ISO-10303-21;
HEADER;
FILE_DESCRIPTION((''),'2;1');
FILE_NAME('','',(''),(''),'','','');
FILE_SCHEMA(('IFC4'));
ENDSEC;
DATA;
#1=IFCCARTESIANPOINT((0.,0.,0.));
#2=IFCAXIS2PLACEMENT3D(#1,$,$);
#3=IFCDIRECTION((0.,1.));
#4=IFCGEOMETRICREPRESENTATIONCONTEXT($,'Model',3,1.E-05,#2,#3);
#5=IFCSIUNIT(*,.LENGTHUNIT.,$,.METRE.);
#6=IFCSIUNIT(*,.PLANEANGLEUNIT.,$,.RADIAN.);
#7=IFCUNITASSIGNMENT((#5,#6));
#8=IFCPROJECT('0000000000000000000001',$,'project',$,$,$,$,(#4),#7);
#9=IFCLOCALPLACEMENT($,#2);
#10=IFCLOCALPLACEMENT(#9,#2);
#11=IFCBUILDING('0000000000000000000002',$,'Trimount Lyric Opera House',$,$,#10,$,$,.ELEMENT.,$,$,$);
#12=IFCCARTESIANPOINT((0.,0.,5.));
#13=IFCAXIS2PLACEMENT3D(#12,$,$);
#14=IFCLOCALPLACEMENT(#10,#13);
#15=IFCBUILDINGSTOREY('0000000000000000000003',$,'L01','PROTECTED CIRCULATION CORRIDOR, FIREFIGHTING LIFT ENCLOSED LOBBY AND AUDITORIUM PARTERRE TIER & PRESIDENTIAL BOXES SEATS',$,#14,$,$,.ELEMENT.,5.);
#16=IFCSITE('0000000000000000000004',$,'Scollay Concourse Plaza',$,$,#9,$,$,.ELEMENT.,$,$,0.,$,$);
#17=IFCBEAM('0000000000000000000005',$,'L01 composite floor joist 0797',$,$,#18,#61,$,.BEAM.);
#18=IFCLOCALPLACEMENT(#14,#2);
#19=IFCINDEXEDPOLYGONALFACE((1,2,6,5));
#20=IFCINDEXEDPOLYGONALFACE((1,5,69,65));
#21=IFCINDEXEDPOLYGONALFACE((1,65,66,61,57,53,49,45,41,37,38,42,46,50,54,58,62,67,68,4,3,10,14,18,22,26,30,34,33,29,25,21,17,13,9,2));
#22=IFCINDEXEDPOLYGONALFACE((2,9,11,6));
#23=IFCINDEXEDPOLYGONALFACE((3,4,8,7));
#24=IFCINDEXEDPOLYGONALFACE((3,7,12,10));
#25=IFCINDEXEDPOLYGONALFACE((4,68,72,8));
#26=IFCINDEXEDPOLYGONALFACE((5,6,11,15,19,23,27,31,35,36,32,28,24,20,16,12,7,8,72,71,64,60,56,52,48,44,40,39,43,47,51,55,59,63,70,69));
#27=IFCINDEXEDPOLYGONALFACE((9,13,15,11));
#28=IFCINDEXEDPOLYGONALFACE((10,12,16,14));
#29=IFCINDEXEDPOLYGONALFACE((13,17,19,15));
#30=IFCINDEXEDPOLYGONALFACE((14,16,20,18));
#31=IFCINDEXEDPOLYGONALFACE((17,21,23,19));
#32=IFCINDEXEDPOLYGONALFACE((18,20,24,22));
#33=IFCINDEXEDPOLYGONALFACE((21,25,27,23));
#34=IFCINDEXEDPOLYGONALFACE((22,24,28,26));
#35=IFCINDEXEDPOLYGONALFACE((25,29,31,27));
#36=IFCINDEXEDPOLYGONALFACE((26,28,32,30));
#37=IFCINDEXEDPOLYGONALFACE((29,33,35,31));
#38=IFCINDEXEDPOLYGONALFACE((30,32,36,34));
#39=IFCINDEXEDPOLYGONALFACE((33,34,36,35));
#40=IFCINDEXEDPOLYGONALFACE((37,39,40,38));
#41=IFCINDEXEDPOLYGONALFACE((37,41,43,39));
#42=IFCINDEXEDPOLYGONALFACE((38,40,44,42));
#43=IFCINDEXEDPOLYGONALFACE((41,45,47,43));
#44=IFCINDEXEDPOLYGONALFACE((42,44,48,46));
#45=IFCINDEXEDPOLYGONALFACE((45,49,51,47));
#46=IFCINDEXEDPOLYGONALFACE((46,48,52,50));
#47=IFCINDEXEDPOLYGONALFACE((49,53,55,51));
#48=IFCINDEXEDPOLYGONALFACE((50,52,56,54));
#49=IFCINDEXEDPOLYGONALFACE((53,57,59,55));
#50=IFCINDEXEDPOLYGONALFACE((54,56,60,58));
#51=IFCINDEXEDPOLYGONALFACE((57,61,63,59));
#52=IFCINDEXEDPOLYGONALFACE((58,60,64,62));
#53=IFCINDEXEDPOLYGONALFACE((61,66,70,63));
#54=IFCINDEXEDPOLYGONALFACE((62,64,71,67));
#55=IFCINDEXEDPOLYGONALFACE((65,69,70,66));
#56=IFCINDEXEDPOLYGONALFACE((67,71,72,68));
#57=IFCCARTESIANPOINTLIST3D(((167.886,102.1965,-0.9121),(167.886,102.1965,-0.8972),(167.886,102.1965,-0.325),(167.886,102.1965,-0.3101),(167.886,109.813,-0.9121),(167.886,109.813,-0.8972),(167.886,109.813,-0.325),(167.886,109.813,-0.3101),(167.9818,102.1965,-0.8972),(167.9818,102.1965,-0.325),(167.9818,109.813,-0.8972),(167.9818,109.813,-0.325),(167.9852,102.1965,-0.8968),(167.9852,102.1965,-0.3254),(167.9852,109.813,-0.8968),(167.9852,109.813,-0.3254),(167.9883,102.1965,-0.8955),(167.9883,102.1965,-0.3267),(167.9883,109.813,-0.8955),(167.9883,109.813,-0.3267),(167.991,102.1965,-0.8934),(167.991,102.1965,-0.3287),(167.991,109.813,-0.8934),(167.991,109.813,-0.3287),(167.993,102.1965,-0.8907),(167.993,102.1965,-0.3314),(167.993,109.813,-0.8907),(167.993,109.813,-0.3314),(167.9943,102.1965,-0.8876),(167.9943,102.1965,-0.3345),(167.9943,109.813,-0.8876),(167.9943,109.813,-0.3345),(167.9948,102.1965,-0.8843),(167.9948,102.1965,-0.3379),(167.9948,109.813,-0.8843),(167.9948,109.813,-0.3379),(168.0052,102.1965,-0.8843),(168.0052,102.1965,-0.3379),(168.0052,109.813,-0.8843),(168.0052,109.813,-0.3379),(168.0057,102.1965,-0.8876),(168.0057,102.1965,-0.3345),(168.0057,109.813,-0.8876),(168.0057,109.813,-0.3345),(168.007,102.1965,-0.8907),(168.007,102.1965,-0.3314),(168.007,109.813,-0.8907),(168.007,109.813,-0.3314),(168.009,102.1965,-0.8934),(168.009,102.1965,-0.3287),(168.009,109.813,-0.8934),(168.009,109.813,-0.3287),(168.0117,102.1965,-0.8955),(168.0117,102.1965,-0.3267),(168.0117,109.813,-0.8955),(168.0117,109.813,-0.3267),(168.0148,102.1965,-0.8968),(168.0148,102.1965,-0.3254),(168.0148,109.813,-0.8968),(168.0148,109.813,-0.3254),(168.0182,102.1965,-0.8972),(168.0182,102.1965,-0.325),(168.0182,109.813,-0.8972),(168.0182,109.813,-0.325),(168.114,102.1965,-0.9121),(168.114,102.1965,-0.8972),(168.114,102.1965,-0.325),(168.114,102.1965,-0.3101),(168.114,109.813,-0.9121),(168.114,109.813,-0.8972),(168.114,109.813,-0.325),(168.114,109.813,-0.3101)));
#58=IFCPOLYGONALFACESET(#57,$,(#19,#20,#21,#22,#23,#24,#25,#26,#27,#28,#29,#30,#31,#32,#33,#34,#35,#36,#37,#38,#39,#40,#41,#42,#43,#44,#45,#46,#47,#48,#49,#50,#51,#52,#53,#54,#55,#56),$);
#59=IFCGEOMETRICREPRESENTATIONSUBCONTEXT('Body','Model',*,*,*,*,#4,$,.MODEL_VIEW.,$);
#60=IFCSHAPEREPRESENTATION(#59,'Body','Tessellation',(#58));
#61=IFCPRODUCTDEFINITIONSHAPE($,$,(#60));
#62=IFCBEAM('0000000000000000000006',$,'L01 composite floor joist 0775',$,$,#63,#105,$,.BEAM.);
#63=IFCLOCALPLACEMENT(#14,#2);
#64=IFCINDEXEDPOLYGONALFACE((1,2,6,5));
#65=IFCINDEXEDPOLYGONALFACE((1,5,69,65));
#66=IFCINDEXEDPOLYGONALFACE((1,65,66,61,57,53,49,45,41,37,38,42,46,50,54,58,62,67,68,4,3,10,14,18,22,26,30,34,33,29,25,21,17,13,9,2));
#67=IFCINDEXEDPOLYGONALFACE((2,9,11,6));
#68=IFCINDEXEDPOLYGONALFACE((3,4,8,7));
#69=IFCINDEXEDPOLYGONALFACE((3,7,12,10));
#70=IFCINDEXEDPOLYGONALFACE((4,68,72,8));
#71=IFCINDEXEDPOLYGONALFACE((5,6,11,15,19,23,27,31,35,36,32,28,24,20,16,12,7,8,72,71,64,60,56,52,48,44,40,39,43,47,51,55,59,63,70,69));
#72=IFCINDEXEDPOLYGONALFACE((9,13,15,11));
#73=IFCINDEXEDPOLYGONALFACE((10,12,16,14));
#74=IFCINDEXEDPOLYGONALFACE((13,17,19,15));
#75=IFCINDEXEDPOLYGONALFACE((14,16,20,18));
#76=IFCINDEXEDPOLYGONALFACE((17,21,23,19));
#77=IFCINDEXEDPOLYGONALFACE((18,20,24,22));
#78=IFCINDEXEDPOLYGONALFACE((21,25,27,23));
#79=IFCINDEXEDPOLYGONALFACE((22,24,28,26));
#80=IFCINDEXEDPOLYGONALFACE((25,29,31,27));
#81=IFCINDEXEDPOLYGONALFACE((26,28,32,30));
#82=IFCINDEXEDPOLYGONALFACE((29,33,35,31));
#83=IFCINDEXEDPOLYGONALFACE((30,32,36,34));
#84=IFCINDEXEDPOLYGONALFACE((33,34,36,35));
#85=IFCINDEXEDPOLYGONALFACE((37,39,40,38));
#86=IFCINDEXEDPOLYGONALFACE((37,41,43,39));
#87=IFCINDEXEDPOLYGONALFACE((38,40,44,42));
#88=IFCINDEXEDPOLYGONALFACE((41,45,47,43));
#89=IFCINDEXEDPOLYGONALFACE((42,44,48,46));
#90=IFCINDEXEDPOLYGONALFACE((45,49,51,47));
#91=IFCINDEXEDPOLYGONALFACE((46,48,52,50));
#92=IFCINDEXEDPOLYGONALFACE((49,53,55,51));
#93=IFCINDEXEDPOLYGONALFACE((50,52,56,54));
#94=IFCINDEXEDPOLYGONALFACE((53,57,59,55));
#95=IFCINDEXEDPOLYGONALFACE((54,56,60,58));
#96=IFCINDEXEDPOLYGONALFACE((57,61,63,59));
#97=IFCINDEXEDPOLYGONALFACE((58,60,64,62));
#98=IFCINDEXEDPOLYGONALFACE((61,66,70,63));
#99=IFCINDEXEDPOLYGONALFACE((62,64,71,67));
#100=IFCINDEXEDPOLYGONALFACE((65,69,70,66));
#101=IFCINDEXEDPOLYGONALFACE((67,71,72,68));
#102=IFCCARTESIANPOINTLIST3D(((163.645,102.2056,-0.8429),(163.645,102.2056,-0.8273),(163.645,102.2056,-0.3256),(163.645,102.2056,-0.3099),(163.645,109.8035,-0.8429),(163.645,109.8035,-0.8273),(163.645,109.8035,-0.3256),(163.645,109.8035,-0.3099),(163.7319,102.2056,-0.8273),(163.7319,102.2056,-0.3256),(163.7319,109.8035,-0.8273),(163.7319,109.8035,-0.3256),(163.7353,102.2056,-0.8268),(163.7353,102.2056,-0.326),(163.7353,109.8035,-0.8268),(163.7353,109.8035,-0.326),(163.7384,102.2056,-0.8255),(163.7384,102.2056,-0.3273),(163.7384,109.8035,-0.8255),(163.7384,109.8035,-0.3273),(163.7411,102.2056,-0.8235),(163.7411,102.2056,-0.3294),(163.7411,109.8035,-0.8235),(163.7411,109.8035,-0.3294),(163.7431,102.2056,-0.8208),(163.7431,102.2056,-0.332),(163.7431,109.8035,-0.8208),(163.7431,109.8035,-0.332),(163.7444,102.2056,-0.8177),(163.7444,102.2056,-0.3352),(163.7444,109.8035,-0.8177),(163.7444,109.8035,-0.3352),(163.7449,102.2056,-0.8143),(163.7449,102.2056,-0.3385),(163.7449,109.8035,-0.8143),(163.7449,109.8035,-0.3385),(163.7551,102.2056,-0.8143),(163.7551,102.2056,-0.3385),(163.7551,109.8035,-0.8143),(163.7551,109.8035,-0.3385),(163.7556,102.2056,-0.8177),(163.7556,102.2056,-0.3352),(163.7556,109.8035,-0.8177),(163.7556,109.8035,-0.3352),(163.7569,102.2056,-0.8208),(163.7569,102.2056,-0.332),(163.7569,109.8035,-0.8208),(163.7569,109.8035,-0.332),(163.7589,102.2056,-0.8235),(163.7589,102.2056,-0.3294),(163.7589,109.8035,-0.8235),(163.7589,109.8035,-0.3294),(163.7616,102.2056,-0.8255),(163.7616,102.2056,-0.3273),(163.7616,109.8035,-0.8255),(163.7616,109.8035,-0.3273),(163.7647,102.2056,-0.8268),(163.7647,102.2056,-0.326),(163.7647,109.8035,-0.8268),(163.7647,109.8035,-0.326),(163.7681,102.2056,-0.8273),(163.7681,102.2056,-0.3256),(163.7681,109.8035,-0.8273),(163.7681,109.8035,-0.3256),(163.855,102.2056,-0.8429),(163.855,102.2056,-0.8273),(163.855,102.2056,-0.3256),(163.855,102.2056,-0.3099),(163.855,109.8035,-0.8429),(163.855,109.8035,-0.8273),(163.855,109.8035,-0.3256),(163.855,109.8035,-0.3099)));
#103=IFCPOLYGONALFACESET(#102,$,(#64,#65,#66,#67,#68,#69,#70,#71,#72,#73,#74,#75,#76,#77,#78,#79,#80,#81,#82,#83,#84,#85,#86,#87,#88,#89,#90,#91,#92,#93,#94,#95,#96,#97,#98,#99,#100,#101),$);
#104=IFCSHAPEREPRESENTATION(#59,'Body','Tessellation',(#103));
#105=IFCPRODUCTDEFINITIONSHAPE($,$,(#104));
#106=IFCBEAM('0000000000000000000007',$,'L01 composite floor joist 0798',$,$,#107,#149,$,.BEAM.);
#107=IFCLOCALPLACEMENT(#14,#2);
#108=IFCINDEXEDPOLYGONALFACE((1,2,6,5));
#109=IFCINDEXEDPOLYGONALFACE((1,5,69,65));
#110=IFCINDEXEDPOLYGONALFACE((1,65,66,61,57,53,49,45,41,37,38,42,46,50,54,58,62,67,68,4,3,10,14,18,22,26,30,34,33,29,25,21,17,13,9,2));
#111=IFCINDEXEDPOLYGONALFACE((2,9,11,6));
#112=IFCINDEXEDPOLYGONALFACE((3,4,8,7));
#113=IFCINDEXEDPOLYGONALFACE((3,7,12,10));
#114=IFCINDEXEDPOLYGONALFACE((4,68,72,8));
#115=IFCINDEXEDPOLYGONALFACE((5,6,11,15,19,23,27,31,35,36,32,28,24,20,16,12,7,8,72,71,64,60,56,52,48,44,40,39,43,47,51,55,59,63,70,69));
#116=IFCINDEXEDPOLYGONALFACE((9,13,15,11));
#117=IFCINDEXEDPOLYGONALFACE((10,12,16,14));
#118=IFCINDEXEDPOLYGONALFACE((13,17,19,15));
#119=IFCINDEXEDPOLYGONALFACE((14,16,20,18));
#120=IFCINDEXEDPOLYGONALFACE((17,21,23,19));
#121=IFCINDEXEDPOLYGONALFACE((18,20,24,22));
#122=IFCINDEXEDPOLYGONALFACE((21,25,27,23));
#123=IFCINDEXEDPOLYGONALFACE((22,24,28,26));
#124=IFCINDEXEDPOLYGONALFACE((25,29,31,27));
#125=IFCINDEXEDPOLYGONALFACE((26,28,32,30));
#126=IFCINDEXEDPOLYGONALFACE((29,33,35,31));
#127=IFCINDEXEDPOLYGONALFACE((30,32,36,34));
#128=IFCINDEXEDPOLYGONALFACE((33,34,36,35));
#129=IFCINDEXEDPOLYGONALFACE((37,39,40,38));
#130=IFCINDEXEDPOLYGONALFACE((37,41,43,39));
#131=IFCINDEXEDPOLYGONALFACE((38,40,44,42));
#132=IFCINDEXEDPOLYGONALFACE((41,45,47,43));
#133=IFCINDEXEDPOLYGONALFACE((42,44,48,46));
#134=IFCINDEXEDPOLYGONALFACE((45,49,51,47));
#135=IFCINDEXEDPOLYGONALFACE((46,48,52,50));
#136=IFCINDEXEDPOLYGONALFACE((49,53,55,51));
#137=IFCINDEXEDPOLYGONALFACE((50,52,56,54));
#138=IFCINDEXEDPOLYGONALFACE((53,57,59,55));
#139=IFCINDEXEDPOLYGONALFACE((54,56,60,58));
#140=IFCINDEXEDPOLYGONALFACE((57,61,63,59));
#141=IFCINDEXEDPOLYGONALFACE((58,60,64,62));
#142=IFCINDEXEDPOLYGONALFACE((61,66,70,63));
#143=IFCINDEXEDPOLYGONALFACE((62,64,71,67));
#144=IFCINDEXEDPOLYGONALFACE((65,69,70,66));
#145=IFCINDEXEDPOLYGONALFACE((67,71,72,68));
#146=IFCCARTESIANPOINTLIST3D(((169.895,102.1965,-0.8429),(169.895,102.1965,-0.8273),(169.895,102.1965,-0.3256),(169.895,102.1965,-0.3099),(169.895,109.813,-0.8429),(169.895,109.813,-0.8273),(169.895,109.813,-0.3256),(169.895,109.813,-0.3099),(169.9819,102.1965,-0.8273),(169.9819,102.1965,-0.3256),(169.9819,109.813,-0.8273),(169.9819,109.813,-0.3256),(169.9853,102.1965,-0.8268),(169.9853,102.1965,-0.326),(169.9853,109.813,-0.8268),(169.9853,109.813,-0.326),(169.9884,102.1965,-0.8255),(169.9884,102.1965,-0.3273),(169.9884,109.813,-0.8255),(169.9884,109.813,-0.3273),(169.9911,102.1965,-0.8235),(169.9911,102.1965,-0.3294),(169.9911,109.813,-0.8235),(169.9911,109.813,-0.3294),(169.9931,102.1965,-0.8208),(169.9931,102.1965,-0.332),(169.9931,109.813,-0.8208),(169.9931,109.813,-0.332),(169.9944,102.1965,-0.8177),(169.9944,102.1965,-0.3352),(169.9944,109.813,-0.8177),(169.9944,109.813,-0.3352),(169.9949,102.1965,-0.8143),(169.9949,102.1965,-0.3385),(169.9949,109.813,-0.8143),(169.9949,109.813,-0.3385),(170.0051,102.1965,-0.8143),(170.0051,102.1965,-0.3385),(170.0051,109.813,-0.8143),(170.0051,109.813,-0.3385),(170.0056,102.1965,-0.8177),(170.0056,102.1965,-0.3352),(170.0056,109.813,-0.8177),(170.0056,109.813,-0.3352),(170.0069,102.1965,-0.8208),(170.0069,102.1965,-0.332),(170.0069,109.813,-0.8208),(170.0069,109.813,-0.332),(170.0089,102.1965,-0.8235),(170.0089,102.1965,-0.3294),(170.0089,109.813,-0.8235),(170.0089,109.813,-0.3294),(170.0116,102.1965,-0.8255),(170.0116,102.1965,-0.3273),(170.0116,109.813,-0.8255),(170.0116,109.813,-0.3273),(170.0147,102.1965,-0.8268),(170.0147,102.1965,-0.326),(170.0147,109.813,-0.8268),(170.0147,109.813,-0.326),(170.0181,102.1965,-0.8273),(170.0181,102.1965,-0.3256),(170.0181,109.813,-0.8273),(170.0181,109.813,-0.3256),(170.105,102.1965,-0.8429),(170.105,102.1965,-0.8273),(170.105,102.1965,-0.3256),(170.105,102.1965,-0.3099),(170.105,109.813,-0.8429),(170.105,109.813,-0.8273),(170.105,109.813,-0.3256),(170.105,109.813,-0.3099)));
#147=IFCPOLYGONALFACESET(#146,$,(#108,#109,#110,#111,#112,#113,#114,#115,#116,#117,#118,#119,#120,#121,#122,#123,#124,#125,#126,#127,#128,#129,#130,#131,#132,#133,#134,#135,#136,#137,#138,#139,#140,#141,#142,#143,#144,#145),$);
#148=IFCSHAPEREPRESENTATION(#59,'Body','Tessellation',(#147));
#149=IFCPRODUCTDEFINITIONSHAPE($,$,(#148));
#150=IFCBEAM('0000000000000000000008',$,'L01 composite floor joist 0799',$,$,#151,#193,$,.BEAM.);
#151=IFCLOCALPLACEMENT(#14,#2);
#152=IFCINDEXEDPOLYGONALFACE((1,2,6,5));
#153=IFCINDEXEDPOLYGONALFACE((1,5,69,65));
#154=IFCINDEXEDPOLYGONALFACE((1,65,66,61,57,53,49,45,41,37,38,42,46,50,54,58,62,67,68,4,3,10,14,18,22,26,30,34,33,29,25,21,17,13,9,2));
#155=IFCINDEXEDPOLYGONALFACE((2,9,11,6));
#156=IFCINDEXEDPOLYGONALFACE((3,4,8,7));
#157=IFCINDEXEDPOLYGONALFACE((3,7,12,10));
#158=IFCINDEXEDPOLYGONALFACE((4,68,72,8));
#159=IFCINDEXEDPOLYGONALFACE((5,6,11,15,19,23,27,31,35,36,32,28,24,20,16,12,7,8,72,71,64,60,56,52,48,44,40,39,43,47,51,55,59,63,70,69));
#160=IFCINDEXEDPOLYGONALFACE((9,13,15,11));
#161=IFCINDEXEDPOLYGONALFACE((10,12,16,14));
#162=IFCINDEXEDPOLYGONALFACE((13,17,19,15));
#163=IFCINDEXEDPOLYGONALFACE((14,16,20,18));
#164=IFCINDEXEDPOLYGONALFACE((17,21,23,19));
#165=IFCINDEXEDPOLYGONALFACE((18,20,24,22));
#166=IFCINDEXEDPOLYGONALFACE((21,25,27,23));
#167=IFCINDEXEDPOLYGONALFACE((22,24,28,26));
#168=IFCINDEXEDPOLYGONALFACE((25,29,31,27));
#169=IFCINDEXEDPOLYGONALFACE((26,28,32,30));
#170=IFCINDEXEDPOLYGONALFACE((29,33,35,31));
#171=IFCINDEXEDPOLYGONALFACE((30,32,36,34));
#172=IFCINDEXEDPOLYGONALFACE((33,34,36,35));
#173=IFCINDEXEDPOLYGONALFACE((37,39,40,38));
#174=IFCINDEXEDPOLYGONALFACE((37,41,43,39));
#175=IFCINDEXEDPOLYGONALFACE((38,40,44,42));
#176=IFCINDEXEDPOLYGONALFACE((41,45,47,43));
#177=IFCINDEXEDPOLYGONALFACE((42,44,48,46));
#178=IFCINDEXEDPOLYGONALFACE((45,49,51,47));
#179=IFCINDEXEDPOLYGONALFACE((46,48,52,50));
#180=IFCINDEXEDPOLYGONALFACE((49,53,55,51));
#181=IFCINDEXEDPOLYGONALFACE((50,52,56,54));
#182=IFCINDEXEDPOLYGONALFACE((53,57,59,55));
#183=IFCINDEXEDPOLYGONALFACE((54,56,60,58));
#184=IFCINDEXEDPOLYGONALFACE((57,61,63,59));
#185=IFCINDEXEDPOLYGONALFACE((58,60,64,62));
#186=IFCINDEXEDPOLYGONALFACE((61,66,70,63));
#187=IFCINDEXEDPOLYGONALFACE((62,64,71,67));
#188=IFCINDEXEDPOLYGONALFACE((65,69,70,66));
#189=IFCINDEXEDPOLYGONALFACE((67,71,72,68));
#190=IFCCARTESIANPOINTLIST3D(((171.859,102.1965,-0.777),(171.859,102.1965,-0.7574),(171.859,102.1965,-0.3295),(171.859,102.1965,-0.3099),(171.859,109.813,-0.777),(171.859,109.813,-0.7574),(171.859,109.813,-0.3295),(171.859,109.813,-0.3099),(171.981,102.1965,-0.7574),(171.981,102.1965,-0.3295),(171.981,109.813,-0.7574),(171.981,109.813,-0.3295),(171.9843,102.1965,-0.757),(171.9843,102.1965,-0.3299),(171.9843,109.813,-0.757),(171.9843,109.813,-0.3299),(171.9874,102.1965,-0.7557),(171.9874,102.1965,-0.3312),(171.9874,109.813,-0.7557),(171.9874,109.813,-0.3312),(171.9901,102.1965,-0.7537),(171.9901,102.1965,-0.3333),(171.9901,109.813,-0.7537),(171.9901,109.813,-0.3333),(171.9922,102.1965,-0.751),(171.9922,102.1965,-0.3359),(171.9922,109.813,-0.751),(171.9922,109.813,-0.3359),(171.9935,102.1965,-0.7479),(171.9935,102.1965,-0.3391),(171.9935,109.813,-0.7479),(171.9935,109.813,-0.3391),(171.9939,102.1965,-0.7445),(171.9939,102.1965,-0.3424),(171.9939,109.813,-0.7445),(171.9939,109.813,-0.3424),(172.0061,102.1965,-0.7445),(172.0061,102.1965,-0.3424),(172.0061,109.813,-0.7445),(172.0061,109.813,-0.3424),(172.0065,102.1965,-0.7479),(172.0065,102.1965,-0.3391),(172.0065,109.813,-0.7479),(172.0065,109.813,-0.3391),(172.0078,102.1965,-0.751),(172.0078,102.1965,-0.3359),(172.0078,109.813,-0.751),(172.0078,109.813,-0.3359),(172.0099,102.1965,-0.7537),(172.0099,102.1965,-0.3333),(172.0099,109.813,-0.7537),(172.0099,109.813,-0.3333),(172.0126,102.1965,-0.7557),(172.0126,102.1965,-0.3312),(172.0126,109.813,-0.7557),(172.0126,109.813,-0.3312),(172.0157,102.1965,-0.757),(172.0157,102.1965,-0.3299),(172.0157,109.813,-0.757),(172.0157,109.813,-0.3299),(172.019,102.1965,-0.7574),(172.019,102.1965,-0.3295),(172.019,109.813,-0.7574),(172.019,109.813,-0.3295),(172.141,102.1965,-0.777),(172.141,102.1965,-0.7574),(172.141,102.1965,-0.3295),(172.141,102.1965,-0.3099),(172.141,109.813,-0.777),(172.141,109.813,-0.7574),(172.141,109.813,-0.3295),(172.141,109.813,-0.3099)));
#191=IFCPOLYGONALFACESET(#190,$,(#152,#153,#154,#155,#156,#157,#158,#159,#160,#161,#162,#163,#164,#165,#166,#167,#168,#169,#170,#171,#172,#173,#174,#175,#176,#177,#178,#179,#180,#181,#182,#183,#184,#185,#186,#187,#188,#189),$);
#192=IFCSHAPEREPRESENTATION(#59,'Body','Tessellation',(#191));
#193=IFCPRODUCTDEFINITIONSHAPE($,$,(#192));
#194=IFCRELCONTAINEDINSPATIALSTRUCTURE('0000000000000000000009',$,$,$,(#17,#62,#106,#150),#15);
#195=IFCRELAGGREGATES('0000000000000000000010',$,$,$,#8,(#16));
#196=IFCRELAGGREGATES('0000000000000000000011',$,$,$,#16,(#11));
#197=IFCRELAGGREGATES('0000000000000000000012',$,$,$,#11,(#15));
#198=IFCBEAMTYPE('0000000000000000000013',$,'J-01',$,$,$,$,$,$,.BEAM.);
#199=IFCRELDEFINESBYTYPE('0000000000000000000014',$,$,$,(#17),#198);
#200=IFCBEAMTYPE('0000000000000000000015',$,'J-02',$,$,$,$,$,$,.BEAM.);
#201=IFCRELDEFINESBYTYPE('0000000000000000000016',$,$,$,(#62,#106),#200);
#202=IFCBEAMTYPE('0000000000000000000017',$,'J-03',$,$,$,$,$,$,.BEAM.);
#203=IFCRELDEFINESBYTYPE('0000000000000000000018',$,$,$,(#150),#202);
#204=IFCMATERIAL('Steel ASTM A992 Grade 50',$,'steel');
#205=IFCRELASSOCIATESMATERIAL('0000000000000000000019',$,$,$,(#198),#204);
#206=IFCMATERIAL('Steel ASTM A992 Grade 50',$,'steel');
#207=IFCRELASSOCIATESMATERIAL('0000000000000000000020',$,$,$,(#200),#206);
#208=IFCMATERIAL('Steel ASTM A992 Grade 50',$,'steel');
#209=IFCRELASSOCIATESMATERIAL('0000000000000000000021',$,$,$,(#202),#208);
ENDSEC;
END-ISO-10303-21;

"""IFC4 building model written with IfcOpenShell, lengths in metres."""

from ifc_helpers import new_model, si_unit, direction, frame, origin, origin_2d, place, context, subcontext, project, spatial, i_section, extrude, material, material_profile, profile_set, type_object, element, save


model = new_model("IFC4")

# Units and contexts
model_context = context("Model", 3, precision=1e-05, world=origin(), true_north=direction((0.0, 1.0)))
body_context = subcontext(model_context, "Body", "Model", "MODEL_VIEW")
ifc_project = project(units=[si_unit("LENGTHUNIT", "METRE"), si_unit("PLANEANGLEUNIT", "RADIAN")], contexts=[model_context])

# Site, building, storey
site_placement = place(None, origin())
site = spatial("IfcSite", under=ifc_project, at=site_placement, Name="Scollay Concourse Plaza", CompositionType="ELEMENT", RefElevation=0.0)
building_placement = place(site_placement, origin())
building = spatial("IfcBuilding", under=site, at=building_placement, Name="Trimount Lyric Opera House", CompositionType="ELEMENT")
storey_placement = place(building_placement, frame((0.0, 0.0, 5.0)))
storey = spatial("IfcBuildingStorey", under=building, at=storey_placement, Name="L01", Description="PROTECTED CIRCULATION CORRIDOR, FIREFIGHTING LIFT ENCLOSED LOBBY AND AUDITORIUM PARTERRE TIER & PRESIDENTIAL BOXES SEATS", CompositionType="ELEMENT", Elevation=5.0)

# Beams
ifc_material_1 = material(Name="Steel ASTM A992 Grade 50", Category="steel")
ifc_material_profile_1 = material_profile(ifc_material_1, i_section(OverallWidth=0.228, OverallDepth=0.6021, WebThickness=0.0105, FlangeThickness=0.0149, FilletRadius=0.0129, at=origin_2d()), Name="W24X68")
ifc_profile_set_1 = profile_set([ifc_material_profile_1], Name="Steel ASTM A992 Grade 50")
beam_type_1 = type_object("IfcBeamType", Name="J-01", PredefinedType="BEAM", material=ifc_profile_set_1)
beam_1_placement = place(storey_placement, frame((168.0, 102.1965, -0.6111), z_axis=(0.0, 1.0, 0.0), x_axis=(-1.0, 0.0, 0.0)))
element("IfcBeam", 1, at=beam_1_placement, inside=storey, type_object=beam_type_1, Name="L01 composite floor joist 0797", PredefinedType="BEAM", context=body_context, shape_type="SweptSolid", body=[
    extrude(i_section(OverallWidth=0.228, OverallDepth=0.6021, WebThickness=0.0105, FlangeThickness=0.0149, FilletRadius=0.0129, at=origin_2d()), origin(), (0.0, 0.0, 1.0), 7.6165),
])
ifc_material_2 = material(Name="Steel ASTM A992 Grade 50", Category="steel")
ifc_material_profile_2 = material_profile(ifc_material_2, i_section(OverallWidth=0.21, OverallDepth=0.533, WebThickness=0.0103, FlangeThickness=0.0156, FilletRadius=0.0129, at=origin_2d()), Name="W21X62")
ifc_profile_set_2 = profile_set([ifc_material_profile_2], Name="Steel ASTM A992 Grade 50")
beam_type_2 = type_object("IfcBeamType", Name="J-02", PredefinedType="BEAM", material=ifc_profile_set_2)
beam_2_placement = place(storey_placement, frame((163.75, 102.2056, -0.5764), z_axis=(0.0, 1.0, 0.0), x_axis=(-1.0, 0.0, 0.0)))
element("IfcBeam", 2, at=beam_2_placement, inside=storey, type_object=beam_type_2, Name="L01 composite floor joist 0775", PredefinedType="BEAM", context=body_context, shape_type="SweptSolid", body=[
    extrude(i_section(OverallWidth=0.21, OverallDepth=0.533, WebThickness=0.0103, FlangeThickness=0.0156, FilletRadius=0.0129, at=origin_2d()), origin(), (0.0, 0.0, 1.0), 7.5979),
])
beam_3_placement = place(storey_placement, frame((170.0, 102.1965, -0.5764), z_axis=(0.0, 1.0, 0.0), x_axis=(-1.0, 0.0, 0.0)))
element("IfcBeam", 3, at=beam_3_placement, inside=storey, type_object=beam_type_2, Name="L01 composite floor joist 0798", PredefinedType="BEAM", context=body_context, shape_type="SweptSolid", body=[
    extrude(i_section(OverallWidth=0.21, OverallDepth=0.533, WebThickness=0.0103, FlangeThickness=0.0156, FilletRadius=0.0129, at=origin_2d()), origin(), (0.0, 0.0, 1.0), 7.6165),
])
ifc_material_3 = material(Name="Steel ASTM A992 Grade 50", Category="steel")
ifc_material_profile_3 = material_profile(ifc_material_3, i_section(OverallWidth=0.282, OverallDepth=0.467, WebThickness=0.0122, FlangeThickness=0.0195, FilletRadius=0.0129, at=origin_2d()), Name="W18X86")
ifc_profile_set_3 = profile_set([ifc_material_profile_3], Name="Steel ASTM A992 Grade 50")
beam_type_3 = type_object("IfcBeamType", Name="J-03", PredefinedType="BEAM", material=ifc_profile_set_3)
beam_4_placement = place(storey_placement, frame((172.0, 102.1965, -0.5435), z_axis=(0.0, 1.0, 0.0), x_axis=(-1.0, 0.0, 0.0)))
element("IfcBeam", 4, at=beam_4_placement, inside=storey, type_object=beam_type_3, Name="L01 composite floor joist 0799", PredefinedType="BEAM", context=body_context, shape_type="SweptSolid", body=[
    extrude(i_section(OverallWidth=0.282, OverallDepth=0.467, WebThickness=0.0122, FlangeThickness=0.0195, FilletRadius=0.0129, at=origin_2d()), origin(), (0.0, 0.0, 1.0), 7.6165),
])

save(model, "model.ifc")
